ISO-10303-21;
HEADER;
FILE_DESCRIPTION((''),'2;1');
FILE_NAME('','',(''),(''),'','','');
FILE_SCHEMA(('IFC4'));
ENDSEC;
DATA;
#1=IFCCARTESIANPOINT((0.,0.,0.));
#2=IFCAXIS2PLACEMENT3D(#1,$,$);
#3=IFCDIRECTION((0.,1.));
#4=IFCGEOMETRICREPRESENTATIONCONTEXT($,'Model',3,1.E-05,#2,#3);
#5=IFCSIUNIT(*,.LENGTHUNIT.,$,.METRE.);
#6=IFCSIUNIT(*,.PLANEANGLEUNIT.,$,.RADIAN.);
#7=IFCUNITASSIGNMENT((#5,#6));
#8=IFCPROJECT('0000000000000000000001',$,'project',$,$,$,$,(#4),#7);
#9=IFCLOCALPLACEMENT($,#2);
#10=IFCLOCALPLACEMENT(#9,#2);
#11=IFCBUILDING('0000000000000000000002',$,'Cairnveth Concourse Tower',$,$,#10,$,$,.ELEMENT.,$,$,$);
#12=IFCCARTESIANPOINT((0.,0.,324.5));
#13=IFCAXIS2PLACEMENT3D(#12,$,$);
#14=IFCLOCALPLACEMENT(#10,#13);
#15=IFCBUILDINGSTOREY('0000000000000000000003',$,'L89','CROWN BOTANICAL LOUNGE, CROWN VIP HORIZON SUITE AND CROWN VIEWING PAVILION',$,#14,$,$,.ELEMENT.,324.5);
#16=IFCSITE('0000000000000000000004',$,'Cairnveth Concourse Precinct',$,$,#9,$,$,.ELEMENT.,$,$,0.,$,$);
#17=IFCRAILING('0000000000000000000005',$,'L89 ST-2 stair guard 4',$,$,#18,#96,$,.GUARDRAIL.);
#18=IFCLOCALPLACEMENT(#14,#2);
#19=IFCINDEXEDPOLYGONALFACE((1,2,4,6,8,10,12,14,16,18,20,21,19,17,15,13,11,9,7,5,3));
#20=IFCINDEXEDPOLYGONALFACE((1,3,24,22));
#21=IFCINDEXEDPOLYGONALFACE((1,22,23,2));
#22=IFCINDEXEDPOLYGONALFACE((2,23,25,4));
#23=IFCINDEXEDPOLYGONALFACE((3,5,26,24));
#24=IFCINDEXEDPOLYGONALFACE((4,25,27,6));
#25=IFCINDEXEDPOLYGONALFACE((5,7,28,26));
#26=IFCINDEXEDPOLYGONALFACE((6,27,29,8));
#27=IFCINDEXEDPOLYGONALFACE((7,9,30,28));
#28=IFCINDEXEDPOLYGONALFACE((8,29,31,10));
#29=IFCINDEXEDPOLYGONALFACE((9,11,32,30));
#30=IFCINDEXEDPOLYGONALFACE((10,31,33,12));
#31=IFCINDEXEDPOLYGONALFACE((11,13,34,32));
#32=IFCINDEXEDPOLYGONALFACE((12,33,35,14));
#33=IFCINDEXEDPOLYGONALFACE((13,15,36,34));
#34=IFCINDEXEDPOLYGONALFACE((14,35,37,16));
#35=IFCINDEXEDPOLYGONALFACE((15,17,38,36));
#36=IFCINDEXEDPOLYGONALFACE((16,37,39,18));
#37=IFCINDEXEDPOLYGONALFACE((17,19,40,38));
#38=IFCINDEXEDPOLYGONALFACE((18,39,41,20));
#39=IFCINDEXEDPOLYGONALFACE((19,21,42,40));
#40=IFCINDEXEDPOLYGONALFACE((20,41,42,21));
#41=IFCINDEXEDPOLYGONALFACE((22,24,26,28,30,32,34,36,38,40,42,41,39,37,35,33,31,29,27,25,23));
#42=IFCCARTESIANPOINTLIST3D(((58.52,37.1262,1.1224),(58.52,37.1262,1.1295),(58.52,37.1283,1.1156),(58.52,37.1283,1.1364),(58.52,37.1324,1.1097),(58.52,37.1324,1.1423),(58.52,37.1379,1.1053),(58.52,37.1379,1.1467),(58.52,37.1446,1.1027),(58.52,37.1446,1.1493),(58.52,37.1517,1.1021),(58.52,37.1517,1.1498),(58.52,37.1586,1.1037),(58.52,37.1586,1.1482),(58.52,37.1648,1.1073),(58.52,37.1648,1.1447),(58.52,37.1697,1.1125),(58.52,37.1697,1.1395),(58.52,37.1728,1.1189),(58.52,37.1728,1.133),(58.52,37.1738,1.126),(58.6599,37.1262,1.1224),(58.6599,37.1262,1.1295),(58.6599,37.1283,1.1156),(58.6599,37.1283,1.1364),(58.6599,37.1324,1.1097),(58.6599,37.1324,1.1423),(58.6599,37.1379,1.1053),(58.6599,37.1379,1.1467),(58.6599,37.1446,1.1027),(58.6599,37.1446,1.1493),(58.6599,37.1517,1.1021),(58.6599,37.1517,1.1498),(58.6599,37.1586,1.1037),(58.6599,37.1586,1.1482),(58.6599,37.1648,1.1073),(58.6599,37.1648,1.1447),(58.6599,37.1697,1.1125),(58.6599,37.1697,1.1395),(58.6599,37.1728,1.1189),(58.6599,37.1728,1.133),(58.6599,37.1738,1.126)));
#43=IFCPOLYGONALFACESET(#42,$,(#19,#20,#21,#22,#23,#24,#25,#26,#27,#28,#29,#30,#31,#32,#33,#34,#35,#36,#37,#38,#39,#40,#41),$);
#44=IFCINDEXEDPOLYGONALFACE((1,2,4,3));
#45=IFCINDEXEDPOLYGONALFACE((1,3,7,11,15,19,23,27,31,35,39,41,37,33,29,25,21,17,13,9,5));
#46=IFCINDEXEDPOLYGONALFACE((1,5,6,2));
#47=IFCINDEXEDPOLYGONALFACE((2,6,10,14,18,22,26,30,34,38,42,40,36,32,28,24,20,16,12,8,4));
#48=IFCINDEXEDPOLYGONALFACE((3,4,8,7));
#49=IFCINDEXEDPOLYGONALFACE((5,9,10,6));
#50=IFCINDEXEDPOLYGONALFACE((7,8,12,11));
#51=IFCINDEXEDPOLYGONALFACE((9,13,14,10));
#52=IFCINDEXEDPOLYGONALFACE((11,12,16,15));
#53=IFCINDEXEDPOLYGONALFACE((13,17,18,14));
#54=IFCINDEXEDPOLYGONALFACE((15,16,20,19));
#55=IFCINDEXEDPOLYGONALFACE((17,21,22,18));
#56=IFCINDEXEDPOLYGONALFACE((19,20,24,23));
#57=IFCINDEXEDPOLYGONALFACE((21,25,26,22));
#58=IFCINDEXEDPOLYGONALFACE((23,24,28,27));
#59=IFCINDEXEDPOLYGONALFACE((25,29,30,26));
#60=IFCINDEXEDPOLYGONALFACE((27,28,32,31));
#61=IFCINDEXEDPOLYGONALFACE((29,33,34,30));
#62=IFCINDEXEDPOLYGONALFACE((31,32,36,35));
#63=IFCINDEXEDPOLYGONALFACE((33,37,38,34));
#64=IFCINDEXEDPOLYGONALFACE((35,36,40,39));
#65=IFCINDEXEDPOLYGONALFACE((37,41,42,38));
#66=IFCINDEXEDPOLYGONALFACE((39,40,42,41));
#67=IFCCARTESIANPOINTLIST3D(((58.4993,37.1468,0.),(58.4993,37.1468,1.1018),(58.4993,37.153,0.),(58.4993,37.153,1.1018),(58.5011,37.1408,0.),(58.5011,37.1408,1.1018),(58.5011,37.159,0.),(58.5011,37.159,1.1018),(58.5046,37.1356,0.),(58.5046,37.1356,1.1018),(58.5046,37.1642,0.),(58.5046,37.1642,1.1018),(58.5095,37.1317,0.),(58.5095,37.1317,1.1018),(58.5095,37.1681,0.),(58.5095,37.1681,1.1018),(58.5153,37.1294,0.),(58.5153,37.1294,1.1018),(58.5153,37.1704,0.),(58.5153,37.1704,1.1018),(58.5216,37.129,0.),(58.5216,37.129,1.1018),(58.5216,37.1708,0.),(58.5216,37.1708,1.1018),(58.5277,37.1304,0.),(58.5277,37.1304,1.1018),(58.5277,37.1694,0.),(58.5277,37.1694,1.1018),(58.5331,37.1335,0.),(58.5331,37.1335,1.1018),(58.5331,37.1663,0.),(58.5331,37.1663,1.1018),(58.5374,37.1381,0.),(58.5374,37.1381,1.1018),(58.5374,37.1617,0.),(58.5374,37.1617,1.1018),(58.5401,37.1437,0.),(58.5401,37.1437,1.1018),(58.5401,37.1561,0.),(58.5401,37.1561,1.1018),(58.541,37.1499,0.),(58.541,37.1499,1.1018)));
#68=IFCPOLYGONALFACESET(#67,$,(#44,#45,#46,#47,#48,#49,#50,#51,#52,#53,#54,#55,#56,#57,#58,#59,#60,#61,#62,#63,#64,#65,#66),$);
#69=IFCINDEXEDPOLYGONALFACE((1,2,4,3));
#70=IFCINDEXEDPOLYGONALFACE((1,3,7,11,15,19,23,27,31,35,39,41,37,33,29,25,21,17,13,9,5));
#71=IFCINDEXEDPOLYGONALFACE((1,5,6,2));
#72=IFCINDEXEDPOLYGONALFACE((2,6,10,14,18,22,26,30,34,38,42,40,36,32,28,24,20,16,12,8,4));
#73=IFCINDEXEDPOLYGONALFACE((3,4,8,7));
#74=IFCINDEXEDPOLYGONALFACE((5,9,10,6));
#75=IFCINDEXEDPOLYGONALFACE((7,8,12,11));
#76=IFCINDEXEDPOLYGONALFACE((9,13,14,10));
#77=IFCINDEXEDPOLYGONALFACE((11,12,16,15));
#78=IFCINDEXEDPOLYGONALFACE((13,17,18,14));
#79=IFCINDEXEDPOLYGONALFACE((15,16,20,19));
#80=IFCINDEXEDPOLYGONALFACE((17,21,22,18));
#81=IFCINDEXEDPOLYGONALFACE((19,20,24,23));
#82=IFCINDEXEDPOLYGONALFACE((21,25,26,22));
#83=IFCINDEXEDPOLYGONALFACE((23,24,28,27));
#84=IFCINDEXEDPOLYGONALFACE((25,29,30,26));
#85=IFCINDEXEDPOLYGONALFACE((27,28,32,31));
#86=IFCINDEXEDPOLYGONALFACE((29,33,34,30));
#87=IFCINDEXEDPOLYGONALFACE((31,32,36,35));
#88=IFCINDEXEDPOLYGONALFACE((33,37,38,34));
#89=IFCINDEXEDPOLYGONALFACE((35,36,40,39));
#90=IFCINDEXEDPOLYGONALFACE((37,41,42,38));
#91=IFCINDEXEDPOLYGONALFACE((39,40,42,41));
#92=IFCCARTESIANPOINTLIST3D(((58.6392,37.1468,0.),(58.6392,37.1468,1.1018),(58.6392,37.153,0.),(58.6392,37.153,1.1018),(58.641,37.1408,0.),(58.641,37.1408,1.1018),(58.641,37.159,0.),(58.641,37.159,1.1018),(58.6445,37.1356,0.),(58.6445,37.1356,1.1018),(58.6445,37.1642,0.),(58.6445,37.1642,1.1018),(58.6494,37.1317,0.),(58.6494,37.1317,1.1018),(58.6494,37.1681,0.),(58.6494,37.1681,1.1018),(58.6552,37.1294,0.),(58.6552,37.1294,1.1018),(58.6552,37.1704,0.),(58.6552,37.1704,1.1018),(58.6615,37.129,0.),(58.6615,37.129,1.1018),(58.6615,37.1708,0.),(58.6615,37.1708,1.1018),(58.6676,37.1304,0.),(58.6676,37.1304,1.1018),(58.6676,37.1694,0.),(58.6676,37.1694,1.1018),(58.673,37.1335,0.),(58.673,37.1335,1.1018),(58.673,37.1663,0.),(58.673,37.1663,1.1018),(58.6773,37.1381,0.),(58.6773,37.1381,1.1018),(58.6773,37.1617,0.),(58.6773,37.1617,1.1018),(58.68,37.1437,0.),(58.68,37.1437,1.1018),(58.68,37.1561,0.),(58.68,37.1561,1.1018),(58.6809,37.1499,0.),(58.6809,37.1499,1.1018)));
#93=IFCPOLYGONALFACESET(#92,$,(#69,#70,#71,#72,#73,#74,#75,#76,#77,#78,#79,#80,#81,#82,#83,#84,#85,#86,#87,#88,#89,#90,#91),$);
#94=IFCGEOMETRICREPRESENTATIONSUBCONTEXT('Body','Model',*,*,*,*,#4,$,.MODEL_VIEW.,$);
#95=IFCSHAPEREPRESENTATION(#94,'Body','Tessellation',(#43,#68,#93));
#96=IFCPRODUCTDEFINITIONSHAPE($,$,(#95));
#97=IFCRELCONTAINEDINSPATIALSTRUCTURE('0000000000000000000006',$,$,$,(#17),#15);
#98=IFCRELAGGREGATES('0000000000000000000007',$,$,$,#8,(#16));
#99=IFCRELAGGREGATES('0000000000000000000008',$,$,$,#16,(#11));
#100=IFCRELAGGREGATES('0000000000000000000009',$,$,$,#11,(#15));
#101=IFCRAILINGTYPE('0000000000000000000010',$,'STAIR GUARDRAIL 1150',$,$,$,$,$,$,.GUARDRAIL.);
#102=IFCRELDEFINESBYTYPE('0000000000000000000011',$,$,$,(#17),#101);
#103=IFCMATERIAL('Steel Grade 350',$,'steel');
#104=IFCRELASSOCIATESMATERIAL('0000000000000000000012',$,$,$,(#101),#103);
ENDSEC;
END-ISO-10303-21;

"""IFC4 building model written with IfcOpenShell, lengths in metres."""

from ifc_helpers import new_model, si_unit, direction, frame, origin, origin_2d, place, context, subcontext, project, spatial, circle, extrude, material, type_object, element, save


model = new_model("IFC4")

# Units and contexts
model_context = context("Model", 3, precision=1e-05, world=origin(), true_north=direction((0.0, 1.0)))
body_context = subcontext(model_context, "Body", "Model", "MODEL_VIEW")
ifc_project = project(units=[si_unit("LENGTHUNIT", "METRE"), si_unit("PLANEANGLEUNIT", "RADIAN")], contexts=[model_context])

# Site, building, storey
site_placement = place(None, origin())
site = spatial("IfcSite", under=ifc_project, at=site_placement, Name="Cairnveth Concourse Precinct", CompositionType="ELEMENT", RefElevation=0.0)
building_placement = place(site_placement, origin())
building = spatial("IfcBuilding", under=site, at=building_placement, Name="Cairnveth Concourse Tower", CompositionType="ELEMENT")
storey_placement = place(building_placement, frame((0.0, 0.0, 324.5)))
storey = spatial("IfcBuildingStorey", under=building, at=storey_placement, Name="L89", Description="CROWN BOTANICAL LOUNGE, CROWN VIP HORIZON SUITE AND CROWN VIEWING PAVILION", CompositionType="ELEMENT", Elevation=324.5)

# Shared definitions
ifc_material_1 = material(Name="Steel Grade 350", Category="steel")

# Railing
railing_type_1 = type_object("IfcRailingType", Name="STAIR GUARDRAIL 1150", PredefinedType="GUARDRAIL", material=ifc_material_1)
railing_1_placement = place(storey_placement, frame((58.52, 37.1499, 0.0)))
element("IfcRailing", 1, at=railing_1_placement, inside=storey, type_object=railing_type_1, Name="L89 ST-2 stair guard 4", PredefinedType="GUARDRAIL", context=body_context, shape_type="SweptSolid", body=[
    extrude(circle(Radius=0.0239, at=origin_2d()), frame((0.0, 0.0, 1.126), z_axis=(1.0, 0.0, 0.0), x_axis=(0.0, 1.0, 0.0)), (0.0, 0.0, 1.0), 0.1399),
    extrude(circle(Radius=0.021, at=origin_2d()), origin(), (0.0, 0.0, 1.0), 1.1018),
    extrude(circle(Radius=0.021, at=origin_2d()), frame((0.1399, 0.0, 0.0)), (0.0, 0.0, 1.0), 1.1018),
])

save(model, "model.ifc")
